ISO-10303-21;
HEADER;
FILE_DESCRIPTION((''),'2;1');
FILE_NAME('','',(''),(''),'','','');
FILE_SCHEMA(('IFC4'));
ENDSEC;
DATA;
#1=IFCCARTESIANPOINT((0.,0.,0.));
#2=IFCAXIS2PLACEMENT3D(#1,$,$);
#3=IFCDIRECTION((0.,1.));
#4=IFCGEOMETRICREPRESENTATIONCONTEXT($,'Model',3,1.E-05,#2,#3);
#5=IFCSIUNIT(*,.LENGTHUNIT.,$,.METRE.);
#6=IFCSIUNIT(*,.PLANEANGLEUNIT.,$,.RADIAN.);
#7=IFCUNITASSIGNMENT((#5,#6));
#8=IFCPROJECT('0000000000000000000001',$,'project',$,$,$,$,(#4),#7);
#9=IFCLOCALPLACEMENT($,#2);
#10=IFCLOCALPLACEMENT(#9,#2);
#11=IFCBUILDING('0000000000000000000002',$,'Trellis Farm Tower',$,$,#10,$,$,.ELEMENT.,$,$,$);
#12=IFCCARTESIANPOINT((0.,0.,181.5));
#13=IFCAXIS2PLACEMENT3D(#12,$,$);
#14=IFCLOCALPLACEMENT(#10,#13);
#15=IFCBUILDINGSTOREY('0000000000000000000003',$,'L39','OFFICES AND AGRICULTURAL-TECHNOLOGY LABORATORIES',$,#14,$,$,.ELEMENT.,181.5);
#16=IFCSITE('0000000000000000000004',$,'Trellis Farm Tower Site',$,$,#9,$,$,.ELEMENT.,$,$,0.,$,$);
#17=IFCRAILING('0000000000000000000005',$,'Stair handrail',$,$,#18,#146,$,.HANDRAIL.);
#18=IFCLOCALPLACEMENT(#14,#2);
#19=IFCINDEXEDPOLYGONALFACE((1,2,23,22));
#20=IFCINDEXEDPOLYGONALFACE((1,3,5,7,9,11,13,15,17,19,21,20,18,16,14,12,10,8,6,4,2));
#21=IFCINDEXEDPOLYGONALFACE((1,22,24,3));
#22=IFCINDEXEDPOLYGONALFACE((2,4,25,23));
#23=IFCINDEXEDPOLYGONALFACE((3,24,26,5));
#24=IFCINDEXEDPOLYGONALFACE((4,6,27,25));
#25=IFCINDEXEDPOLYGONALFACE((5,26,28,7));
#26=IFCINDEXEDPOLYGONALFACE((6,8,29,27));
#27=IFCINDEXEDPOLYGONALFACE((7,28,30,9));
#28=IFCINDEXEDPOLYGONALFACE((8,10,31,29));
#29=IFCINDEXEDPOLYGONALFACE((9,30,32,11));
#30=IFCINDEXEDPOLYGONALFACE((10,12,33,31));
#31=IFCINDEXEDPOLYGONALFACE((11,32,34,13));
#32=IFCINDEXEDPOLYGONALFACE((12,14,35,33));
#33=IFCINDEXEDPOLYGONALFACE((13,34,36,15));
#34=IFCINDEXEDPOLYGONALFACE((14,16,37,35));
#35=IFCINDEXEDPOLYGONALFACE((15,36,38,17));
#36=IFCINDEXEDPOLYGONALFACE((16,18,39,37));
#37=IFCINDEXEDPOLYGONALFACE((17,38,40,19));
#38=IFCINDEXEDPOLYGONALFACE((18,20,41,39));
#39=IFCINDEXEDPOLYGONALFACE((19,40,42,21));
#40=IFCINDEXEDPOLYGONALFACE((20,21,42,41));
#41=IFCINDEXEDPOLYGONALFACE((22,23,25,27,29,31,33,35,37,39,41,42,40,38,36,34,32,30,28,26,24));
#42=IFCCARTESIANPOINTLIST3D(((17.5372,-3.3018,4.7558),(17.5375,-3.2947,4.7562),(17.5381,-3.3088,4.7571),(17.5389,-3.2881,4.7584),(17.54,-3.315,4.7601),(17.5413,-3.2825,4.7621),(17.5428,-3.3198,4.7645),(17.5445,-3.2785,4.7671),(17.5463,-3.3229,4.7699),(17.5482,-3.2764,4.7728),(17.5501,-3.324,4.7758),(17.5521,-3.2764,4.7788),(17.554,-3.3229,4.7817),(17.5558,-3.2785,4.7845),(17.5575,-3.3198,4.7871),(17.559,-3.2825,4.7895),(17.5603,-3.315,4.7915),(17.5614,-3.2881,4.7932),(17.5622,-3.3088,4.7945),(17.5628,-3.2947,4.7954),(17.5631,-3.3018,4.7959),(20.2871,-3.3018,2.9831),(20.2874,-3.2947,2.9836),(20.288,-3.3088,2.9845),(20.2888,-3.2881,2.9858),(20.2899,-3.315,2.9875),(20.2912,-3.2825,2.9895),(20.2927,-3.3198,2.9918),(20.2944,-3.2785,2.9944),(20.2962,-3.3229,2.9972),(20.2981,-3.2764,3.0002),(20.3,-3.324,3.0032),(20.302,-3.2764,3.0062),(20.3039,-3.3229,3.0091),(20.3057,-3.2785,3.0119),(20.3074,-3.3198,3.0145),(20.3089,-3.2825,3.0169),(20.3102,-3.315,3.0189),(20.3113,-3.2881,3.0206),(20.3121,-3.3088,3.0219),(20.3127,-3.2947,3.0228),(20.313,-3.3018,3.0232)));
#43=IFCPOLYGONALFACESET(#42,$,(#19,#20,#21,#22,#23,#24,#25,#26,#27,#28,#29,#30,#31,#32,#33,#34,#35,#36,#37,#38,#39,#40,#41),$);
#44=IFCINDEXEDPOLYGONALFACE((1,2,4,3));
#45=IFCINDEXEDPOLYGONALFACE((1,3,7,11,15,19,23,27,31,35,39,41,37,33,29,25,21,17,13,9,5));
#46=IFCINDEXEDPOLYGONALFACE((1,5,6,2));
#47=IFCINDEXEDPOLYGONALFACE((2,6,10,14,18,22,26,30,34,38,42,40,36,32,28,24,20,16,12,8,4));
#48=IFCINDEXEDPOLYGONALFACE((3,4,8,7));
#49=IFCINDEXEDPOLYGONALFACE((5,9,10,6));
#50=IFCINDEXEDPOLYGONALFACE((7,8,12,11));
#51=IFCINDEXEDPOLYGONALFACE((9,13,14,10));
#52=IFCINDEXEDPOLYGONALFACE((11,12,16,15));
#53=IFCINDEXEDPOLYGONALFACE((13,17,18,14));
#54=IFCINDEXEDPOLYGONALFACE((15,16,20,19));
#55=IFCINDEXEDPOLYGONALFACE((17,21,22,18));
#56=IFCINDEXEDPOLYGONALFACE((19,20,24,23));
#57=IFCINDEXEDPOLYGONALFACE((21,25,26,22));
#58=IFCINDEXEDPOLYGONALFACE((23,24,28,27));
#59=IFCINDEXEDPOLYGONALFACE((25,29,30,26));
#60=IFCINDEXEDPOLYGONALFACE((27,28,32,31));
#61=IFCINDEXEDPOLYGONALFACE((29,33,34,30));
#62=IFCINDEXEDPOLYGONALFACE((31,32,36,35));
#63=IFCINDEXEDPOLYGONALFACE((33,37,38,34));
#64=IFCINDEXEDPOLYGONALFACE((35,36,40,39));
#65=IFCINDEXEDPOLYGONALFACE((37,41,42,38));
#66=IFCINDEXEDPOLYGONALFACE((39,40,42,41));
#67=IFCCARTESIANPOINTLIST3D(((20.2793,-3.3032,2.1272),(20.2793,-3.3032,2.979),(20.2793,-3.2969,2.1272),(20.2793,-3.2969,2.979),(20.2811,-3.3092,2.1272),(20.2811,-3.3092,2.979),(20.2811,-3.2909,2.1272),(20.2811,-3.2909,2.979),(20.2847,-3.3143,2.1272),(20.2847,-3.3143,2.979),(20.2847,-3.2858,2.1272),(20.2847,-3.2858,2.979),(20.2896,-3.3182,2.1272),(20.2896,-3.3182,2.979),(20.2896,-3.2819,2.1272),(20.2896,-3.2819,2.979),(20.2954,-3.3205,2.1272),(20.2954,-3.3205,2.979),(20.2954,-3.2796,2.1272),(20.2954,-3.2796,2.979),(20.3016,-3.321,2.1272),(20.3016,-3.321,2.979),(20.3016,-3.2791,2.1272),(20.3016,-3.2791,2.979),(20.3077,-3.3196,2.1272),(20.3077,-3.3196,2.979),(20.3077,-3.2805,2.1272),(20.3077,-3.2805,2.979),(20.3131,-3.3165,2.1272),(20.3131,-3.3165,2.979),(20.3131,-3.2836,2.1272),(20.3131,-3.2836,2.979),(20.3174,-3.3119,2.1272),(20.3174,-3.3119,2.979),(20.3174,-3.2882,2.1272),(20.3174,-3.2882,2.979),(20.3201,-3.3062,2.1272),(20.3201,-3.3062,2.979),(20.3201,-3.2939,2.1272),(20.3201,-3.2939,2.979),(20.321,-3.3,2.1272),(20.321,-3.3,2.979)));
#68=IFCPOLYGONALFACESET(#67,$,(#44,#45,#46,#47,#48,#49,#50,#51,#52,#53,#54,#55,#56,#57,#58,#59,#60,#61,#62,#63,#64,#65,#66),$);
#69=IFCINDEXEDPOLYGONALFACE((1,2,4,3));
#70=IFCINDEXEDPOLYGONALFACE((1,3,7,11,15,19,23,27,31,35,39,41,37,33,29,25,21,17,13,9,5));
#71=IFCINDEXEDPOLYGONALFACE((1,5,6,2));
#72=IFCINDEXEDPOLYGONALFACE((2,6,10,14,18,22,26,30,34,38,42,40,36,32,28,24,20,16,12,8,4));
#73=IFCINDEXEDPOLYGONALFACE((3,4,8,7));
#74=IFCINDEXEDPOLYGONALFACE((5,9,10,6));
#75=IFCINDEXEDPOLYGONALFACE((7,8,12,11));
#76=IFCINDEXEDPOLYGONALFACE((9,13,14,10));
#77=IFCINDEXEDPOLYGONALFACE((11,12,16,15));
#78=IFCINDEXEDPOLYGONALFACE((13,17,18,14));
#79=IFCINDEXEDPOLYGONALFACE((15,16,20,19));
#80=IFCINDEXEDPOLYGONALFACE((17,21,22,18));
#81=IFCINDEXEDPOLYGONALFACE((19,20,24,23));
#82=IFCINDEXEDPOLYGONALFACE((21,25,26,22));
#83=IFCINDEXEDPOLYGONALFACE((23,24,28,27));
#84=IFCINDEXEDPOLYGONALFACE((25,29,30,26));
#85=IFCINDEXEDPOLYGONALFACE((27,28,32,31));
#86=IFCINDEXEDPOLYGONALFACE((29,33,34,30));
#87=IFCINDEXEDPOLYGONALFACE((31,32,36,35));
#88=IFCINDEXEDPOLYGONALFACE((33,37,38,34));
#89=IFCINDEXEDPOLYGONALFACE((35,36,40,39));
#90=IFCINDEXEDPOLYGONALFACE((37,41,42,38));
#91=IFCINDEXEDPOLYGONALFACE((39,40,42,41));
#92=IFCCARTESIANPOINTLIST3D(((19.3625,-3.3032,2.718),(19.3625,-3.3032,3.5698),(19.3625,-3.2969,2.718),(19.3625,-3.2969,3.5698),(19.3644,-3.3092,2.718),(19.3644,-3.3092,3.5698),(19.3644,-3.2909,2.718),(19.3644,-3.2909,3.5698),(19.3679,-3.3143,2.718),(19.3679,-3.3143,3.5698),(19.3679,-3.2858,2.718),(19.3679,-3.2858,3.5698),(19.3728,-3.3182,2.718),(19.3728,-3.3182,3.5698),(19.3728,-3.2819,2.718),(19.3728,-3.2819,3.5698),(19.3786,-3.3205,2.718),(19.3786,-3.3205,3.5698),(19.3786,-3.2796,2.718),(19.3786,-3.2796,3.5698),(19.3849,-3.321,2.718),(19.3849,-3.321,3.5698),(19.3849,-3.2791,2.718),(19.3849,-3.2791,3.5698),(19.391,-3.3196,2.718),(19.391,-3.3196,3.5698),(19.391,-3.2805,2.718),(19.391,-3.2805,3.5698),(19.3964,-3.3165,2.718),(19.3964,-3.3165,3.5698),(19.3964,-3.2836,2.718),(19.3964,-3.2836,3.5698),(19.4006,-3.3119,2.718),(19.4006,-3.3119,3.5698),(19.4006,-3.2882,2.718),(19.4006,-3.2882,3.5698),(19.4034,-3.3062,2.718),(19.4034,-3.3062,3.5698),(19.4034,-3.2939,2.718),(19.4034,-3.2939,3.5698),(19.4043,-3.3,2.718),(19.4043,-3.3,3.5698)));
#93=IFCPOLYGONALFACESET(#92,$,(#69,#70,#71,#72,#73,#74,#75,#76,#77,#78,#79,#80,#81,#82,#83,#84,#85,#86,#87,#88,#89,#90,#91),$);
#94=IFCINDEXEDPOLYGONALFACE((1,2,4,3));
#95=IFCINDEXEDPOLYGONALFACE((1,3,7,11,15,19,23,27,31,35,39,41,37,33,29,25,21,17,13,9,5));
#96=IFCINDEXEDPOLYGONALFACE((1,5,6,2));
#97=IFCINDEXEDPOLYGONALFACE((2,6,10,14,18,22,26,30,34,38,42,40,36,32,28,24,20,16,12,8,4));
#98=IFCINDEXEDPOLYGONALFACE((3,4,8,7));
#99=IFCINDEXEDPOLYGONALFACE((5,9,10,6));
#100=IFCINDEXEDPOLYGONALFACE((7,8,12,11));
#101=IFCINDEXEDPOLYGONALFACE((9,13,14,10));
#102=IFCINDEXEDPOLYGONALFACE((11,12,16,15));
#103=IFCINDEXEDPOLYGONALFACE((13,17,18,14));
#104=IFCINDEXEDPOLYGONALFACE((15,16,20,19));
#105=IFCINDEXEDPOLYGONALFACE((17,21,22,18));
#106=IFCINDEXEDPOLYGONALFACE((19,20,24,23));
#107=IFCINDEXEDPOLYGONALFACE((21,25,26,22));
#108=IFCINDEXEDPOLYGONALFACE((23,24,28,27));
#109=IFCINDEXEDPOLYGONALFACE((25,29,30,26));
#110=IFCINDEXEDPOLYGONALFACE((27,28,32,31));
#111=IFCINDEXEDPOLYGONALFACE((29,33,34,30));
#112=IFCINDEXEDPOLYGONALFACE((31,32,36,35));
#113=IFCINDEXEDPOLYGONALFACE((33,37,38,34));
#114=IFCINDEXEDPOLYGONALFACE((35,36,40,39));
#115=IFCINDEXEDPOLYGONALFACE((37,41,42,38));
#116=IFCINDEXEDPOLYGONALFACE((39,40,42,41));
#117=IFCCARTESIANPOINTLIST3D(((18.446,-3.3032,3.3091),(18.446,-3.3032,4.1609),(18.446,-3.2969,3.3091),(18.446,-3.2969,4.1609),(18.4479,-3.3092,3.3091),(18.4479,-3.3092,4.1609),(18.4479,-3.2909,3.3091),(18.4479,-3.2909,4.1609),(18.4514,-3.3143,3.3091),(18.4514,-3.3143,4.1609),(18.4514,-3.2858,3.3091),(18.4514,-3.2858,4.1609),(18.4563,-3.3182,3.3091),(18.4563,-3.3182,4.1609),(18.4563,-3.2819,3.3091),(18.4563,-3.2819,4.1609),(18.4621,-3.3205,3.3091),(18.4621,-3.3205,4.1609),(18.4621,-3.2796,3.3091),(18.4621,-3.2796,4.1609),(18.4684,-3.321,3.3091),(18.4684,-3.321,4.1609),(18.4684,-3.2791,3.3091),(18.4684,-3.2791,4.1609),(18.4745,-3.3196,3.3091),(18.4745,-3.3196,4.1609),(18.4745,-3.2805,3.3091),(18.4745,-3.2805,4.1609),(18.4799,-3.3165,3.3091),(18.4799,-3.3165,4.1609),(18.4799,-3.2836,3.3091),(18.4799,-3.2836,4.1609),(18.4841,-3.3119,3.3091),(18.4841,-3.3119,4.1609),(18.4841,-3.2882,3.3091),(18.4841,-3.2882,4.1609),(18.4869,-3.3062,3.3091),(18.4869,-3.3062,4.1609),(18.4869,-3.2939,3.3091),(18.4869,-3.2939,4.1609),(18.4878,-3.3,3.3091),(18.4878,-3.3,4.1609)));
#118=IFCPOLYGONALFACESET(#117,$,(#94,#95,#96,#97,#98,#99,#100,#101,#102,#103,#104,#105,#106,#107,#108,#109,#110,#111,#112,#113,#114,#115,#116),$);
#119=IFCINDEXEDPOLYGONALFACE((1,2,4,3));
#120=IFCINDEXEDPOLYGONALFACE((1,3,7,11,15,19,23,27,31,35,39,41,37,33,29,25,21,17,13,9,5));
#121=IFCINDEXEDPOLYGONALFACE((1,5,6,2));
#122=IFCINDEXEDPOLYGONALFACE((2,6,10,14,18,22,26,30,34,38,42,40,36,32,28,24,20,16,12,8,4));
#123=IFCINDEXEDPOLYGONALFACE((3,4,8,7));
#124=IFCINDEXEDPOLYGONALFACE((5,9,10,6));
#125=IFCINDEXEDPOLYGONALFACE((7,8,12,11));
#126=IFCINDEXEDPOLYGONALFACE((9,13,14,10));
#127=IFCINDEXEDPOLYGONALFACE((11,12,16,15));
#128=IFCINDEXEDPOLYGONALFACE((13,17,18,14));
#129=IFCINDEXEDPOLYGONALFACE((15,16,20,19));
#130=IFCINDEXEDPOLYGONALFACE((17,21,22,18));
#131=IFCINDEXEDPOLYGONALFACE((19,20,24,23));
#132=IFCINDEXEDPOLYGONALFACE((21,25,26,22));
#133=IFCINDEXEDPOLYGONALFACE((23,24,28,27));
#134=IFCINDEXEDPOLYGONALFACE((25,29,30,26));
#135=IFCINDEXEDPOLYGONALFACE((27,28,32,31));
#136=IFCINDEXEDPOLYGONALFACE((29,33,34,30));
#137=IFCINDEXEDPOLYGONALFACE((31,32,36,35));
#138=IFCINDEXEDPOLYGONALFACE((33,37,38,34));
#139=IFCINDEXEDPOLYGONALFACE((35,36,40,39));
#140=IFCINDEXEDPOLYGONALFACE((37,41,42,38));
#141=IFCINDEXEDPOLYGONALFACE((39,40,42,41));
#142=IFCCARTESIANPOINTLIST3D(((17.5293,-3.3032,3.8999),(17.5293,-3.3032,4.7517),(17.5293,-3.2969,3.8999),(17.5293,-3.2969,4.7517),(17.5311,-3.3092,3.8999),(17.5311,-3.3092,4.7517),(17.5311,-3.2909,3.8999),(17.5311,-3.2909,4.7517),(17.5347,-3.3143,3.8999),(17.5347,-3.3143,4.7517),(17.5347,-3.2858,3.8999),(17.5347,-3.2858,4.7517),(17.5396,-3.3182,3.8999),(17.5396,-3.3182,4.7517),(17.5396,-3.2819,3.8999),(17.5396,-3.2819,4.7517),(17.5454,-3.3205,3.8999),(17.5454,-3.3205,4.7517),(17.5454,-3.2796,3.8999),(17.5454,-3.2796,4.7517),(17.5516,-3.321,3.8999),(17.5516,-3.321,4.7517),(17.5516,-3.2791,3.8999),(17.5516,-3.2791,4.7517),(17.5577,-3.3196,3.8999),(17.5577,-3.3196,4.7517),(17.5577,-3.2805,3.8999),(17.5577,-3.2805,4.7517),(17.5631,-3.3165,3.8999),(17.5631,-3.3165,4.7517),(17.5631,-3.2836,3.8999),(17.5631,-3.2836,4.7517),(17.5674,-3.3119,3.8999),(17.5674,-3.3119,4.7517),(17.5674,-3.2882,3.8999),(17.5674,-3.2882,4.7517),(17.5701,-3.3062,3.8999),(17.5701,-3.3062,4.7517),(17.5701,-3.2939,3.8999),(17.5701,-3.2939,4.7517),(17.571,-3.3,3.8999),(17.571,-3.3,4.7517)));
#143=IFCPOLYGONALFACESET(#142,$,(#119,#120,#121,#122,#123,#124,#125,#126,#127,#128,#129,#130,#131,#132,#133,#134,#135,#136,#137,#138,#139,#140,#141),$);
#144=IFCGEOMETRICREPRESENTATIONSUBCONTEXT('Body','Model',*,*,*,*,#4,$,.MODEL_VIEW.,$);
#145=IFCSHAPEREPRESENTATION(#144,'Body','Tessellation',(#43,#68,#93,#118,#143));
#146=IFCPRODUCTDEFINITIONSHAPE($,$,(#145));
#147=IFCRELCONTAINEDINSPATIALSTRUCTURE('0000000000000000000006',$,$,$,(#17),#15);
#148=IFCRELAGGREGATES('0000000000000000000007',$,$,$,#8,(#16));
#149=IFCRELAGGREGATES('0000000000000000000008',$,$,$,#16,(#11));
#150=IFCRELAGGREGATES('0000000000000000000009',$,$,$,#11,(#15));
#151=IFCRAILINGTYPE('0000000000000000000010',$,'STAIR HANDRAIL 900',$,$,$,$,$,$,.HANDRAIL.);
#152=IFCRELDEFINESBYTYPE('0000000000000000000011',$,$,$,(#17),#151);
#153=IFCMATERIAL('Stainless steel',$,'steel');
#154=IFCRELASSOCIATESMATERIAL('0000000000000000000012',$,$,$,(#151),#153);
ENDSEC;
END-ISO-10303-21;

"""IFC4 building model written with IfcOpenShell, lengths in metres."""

from ifc_helpers import new_model, si_unit, direction, frame, origin, origin_2d, place, context, subcontext, project, spatial, circle, extrude, source, transform, mapped, material, type_object, element, save


model = new_model("IFC4")

# Units and contexts
model_context = context("Model", 3, precision=1e-05, world=origin(), true_north=direction((0.0, 1.0)))
body_context = subcontext(model_context, "Body", "Model", "MODEL_VIEW")
ifc_project = project(units=[si_unit("LENGTHUNIT", "METRE"), si_unit("PLANEANGLEUNIT", "RADIAN")], contexts=[model_context])

# Site, building, storey
site_placement = place(None, origin())
site = spatial("IfcSite", under=ifc_project, at=site_placement, Name="Trellis Farm Tower Site", CompositionType="ELEMENT", RefElevation=0.0)
building_placement = place(site_placement, origin())
building = spatial("IfcBuilding", under=site, at=building_placement, Name="Trellis Farm Tower", CompositionType="ELEMENT")
storey_placement = place(building_placement, frame((0.0, 0.0, 181.5)))
storey = spatial("IfcBuildingStorey", under=building, at=storey_placement, Name="L39", Description="OFFICES AND AGRICULTURAL-TECHNOLOGY LABORATORIES", CompositionType="ELEMENT", Elevation=181.5)

# Railing
ifc_material_1 = material(Name="Stainless steel", Category="steel")
railing_type = type_object("IfcRailingType", Name="STAIR HANDRAIL 900", PredefinedType="HANDRAIL", material=ifc_material_1)
shared_shape_1 = source(origin(), body_context, "Body", "SweptSolid", [
    extrude(circle(Radius=0.0239, at=origin_2d()), frame((0.0, 0.0, 0.876), z_axis=(-0.840504, 0.0, 0.541806), x_axis=(0.0, -1.0, 0.0)), (0.0, 0.0, 1.0), 3.2717),
    extrude(circle(Radius=0.021, at=origin_2d()), origin(), (0.0, 0.0, 1.0), 0.8518),
    extrude(circle(Radius=0.021, at=origin_2d()), frame((-0.9167, 0.0, 0.5908)), (0.0, 0.0, 1.0), 0.8518),
    extrude(circle(Radius=0.021, at=origin_2d()), frame((-1.8333, 0.0, 1.1819)), (0.0, 0.0, 1.0), 0.8518),
    extrude(circle(Radius=0.021, at=origin_2d()), frame((-2.75, 0.0, 1.7727)), (0.0, 0.0, 1.0), 0.8518),
])
for number, where, name in (
    (1, (20.3, -3.3, 2.1272), "Stair handrail"),
):
    element("IfcRailing", number, at=place(storey_placement, frame(where)), inside=storey, type_object=railing_type, Name=name, PredefinedType="HANDRAIL", context=body_context, shape_type="MappedRepresentation", body=[
        mapped(shared_shape_1, transform((0.0, 0.0, 0.0))),
    ])

save(model, "model.ifc")
